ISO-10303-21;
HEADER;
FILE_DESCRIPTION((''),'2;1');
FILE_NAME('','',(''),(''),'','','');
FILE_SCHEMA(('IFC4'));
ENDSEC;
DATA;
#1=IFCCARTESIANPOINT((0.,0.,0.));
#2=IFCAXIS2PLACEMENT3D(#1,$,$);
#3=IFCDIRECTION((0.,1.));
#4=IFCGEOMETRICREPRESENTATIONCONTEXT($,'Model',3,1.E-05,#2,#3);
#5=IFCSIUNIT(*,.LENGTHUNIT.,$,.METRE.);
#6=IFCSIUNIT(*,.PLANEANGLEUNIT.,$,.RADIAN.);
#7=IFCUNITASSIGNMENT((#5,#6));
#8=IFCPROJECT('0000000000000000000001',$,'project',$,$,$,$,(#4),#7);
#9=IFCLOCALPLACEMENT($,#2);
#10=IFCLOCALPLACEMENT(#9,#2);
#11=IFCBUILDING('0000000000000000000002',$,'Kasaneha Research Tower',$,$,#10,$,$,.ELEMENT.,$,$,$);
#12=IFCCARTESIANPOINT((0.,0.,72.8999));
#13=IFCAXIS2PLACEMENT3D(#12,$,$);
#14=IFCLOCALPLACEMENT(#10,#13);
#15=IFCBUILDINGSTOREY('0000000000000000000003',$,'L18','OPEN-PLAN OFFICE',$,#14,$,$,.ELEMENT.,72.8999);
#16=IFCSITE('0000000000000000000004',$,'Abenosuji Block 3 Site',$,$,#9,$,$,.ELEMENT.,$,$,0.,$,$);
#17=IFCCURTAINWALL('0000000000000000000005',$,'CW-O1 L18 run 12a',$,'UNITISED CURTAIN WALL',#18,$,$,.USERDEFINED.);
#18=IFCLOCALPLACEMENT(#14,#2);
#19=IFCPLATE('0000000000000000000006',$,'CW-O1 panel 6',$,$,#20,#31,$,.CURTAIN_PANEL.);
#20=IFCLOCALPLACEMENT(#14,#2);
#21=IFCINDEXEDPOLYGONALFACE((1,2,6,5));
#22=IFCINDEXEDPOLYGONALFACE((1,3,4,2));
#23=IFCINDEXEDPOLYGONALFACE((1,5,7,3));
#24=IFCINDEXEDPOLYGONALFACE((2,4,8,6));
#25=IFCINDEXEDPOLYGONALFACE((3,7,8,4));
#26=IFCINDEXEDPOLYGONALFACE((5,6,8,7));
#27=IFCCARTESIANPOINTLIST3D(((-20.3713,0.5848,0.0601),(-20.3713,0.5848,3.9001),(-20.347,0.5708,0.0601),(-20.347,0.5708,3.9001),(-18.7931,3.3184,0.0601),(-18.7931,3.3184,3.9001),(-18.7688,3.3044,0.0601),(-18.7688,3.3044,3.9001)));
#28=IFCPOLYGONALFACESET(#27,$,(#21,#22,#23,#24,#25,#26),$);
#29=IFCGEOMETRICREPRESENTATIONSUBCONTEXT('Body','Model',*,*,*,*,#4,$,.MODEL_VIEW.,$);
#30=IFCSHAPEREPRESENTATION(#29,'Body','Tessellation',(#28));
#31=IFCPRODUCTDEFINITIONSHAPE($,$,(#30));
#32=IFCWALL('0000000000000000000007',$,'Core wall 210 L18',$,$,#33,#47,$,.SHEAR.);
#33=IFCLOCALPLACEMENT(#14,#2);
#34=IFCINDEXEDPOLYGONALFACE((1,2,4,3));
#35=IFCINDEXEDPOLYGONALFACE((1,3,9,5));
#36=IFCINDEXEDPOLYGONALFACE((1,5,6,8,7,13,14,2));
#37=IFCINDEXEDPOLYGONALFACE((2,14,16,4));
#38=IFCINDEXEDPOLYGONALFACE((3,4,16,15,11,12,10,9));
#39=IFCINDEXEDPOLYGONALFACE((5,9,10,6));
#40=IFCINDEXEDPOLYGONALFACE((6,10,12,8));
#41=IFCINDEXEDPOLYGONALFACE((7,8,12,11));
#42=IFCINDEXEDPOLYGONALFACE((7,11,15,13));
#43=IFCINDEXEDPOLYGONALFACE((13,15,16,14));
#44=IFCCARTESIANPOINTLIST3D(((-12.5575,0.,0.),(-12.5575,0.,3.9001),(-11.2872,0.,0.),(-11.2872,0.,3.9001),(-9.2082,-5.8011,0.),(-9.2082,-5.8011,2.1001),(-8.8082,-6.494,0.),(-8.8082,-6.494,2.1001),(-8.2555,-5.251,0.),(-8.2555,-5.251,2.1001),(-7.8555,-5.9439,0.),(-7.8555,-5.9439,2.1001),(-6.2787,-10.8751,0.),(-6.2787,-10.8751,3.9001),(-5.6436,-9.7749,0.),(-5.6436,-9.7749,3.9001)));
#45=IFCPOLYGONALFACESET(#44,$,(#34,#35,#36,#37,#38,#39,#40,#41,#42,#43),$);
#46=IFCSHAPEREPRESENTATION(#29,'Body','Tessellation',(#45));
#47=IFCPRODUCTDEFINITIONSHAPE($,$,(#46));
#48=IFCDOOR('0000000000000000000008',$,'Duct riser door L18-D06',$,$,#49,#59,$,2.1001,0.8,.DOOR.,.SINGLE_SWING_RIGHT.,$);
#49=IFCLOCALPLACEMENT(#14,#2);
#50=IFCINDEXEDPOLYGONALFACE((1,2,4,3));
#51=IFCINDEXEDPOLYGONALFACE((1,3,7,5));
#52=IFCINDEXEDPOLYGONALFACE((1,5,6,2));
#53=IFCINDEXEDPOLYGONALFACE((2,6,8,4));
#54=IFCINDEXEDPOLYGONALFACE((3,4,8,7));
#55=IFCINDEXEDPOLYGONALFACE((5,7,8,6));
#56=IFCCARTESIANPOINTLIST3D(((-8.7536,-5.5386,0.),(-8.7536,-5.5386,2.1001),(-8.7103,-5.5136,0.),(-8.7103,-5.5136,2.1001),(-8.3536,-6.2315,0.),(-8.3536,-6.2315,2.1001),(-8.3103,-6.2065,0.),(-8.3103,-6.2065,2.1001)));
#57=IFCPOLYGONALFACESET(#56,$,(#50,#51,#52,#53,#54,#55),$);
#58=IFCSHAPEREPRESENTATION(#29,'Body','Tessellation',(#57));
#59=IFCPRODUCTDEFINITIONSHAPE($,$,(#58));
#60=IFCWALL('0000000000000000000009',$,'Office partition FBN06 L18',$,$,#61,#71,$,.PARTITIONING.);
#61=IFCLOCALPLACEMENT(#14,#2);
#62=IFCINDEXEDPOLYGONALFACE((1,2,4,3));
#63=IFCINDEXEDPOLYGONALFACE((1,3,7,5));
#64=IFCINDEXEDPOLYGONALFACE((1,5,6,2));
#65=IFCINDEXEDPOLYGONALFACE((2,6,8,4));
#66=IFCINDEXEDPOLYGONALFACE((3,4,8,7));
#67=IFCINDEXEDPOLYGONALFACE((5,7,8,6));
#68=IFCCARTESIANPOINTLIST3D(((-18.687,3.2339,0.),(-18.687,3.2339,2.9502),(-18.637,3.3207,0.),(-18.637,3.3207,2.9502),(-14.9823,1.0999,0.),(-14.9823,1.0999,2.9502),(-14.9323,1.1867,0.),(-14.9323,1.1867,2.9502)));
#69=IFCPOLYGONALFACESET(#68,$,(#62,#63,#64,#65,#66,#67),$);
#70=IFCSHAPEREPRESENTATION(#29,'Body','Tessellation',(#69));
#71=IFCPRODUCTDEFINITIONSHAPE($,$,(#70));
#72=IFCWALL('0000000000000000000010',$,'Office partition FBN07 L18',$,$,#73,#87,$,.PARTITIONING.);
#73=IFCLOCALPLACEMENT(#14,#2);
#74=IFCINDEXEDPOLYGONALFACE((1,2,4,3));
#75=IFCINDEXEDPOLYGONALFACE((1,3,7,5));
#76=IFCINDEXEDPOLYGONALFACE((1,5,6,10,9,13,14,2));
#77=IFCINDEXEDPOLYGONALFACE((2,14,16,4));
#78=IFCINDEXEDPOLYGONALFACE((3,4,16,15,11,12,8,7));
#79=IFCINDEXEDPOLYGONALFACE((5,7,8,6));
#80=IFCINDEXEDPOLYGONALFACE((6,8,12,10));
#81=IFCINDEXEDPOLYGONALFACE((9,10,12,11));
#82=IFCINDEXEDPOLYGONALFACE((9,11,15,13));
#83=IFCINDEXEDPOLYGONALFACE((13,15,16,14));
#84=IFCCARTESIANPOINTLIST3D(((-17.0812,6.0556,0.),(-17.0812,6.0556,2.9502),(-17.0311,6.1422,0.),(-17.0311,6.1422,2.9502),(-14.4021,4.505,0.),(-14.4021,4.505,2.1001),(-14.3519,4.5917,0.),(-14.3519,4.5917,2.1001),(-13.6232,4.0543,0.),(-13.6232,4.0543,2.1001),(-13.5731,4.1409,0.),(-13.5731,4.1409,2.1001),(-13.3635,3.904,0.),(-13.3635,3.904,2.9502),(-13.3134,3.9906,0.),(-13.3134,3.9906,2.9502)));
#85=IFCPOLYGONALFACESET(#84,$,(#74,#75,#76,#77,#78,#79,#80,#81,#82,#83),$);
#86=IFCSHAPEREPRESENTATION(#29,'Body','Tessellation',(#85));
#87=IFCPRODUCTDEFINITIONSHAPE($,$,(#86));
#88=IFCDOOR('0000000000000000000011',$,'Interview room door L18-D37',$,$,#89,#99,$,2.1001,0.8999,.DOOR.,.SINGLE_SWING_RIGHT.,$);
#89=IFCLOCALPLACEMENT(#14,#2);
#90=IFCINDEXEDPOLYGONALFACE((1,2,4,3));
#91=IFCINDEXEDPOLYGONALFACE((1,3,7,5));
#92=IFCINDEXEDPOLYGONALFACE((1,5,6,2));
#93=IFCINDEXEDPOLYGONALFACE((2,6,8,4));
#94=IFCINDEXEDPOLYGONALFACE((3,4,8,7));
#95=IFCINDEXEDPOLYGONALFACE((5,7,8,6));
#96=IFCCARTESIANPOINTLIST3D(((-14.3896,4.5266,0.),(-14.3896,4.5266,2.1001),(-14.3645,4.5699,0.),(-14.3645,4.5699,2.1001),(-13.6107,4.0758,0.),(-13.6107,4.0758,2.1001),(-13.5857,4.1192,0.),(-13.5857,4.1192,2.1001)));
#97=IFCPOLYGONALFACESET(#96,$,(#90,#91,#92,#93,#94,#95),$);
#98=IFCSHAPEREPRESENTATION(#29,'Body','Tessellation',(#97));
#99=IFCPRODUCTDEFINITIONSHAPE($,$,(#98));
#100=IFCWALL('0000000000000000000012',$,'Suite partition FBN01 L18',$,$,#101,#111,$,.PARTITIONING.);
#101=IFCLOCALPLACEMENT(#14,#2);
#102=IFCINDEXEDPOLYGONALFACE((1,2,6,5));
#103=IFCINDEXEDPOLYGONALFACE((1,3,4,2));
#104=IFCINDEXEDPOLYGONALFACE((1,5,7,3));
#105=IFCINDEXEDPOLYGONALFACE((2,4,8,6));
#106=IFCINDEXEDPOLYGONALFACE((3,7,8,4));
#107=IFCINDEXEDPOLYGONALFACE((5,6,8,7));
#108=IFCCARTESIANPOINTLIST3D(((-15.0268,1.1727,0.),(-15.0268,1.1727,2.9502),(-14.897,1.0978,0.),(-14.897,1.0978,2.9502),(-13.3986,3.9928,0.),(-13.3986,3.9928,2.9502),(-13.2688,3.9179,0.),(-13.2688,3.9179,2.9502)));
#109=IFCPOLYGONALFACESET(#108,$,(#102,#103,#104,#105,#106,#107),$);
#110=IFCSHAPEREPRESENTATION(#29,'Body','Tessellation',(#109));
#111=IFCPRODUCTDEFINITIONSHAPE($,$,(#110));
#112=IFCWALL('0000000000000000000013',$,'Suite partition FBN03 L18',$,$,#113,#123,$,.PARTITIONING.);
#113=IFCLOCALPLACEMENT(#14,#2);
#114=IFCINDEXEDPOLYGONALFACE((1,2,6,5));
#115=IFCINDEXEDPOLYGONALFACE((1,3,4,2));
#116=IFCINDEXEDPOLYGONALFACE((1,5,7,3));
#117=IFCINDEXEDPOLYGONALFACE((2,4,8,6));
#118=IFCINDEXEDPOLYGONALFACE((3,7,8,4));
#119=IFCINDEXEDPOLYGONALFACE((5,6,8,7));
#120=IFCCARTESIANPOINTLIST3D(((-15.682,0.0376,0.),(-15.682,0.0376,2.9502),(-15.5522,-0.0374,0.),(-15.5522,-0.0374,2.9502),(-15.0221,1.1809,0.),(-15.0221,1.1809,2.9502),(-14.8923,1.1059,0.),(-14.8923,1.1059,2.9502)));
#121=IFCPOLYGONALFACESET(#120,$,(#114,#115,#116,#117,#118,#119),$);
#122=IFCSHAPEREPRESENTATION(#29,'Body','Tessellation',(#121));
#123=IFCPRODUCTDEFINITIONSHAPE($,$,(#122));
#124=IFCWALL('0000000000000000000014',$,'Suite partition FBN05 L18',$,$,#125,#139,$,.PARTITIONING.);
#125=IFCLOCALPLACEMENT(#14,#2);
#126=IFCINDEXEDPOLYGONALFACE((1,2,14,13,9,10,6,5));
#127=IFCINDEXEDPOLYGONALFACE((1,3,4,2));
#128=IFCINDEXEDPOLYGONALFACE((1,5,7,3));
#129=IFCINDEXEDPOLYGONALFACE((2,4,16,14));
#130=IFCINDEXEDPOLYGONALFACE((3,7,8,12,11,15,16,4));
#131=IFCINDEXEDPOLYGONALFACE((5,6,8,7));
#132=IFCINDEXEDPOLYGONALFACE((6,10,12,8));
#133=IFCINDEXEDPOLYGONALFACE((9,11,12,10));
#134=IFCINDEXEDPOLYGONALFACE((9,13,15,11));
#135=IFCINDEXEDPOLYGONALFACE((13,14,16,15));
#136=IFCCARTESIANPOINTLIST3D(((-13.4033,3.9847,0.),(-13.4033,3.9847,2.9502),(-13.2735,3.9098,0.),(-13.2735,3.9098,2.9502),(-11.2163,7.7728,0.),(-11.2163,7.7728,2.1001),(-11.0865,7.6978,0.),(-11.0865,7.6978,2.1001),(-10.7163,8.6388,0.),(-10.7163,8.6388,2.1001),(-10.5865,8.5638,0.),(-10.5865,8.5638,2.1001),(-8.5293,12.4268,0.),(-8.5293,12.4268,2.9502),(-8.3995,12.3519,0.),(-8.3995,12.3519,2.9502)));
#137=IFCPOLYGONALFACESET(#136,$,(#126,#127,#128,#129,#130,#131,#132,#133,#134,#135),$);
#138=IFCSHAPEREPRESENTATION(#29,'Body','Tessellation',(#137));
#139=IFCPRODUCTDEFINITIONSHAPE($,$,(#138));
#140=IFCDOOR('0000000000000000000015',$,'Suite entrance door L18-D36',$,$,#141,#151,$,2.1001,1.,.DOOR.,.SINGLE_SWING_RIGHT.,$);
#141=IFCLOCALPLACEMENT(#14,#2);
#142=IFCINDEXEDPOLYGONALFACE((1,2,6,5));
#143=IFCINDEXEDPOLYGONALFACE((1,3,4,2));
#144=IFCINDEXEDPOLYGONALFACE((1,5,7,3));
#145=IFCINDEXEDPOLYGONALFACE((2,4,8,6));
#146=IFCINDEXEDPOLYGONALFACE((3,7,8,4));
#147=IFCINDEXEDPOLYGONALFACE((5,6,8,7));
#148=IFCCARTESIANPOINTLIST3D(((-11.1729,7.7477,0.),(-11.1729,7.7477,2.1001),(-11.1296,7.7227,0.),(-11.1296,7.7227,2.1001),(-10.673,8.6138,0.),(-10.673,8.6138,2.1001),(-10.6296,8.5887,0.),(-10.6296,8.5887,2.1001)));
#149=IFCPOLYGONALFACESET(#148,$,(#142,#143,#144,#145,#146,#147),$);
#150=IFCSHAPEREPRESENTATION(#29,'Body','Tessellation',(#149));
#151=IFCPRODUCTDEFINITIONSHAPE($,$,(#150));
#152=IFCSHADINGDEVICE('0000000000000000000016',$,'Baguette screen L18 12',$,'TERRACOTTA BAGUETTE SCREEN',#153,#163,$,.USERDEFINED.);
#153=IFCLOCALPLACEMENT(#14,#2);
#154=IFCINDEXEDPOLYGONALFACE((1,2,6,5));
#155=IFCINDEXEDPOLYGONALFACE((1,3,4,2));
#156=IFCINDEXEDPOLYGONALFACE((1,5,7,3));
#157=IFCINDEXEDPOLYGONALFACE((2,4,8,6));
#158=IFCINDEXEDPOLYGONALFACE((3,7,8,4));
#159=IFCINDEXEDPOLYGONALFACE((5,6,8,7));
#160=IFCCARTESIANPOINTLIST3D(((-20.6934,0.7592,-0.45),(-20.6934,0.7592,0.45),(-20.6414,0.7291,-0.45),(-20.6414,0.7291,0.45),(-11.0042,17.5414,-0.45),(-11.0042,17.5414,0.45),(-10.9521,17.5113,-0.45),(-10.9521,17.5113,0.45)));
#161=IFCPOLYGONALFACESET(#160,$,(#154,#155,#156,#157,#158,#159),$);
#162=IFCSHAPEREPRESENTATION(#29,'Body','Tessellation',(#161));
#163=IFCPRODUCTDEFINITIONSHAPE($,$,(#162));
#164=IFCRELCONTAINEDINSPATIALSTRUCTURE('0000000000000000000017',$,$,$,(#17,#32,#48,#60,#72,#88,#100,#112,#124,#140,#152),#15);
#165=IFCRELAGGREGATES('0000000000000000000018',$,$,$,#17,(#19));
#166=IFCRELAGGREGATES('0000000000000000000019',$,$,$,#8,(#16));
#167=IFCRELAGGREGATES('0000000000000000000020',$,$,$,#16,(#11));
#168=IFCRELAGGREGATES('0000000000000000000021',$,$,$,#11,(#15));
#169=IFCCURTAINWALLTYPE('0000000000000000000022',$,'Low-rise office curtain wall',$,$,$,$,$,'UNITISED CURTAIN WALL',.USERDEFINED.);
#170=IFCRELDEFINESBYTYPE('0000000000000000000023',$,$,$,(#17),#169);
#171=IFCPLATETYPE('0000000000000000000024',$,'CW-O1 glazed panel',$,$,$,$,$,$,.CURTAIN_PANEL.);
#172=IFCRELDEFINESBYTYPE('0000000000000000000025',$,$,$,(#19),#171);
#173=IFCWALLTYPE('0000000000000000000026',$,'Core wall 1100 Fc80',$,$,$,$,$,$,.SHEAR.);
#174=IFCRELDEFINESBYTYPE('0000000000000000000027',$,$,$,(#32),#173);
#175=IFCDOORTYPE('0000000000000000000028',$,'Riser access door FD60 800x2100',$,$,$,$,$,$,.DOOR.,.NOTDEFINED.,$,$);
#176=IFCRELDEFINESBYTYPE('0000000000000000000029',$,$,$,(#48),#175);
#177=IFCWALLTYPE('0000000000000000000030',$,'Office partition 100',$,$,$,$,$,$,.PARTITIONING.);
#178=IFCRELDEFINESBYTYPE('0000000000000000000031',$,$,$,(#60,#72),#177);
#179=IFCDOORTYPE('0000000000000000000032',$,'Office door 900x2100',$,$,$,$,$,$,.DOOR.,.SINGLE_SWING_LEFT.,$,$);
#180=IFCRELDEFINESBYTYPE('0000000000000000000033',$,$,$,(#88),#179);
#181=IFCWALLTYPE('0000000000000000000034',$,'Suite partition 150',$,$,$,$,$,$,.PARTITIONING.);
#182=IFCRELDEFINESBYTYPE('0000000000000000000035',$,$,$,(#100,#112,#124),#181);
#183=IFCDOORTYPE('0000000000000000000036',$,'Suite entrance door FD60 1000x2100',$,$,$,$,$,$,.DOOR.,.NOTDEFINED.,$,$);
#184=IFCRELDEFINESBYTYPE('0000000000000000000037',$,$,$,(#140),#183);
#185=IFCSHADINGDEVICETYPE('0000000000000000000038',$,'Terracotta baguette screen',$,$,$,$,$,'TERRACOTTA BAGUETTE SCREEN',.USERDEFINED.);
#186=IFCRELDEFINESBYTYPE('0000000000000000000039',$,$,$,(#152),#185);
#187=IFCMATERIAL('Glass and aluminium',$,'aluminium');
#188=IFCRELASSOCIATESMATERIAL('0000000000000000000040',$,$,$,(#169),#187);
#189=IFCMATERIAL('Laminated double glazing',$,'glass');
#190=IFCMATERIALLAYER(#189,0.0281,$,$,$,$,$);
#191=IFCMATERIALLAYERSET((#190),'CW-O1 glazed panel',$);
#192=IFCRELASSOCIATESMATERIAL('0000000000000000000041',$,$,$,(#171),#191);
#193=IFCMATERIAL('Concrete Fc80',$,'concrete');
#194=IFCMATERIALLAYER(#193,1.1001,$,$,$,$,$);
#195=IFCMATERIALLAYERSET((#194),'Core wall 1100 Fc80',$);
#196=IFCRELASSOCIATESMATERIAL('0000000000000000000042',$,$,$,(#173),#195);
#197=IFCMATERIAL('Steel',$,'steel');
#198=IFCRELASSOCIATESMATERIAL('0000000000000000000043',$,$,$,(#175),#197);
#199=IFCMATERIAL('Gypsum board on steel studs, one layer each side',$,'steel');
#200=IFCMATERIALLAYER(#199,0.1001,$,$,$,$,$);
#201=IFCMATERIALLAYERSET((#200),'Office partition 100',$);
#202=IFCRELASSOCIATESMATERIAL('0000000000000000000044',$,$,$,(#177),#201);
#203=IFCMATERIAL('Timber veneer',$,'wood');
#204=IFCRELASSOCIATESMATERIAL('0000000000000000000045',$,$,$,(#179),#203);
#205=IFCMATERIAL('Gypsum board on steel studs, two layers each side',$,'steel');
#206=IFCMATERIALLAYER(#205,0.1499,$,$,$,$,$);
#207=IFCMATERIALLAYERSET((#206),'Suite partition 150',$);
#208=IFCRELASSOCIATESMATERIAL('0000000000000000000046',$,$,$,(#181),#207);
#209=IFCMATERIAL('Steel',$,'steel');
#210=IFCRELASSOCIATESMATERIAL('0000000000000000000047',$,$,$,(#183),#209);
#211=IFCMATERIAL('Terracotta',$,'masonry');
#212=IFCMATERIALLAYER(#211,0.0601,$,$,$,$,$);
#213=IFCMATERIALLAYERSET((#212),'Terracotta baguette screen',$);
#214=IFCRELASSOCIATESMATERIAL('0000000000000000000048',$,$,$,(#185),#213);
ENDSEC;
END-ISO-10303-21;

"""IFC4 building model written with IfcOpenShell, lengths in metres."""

from ifc_helpers import new_model, si_unit, direction, frame, frame_2d, origin, origin_2d, place, context, subcontext, project, spatial, polyline, rectangle, outline, extrude, material, layer, layer_set, type_object, element, fill, aggregate, save


model = new_model("IFC4")

# Units and contexts
model_context = context("Model", 3, precision=1e-05, world=origin(), true_north=direction((0.0, 1.0)))
body_context = subcontext(model_context, "Body", "Model", "MODEL_VIEW")
ifc_project = project(units=[si_unit("LENGTHUNIT", "METRE"), si_unit("PLANEANGLEUNIT", "RADIAN")], contexts=[model_context])

# Site, building, storey
site_placement = place(None, origin())
site = spatial("IfcSite", under=ifc_project, at=site_placement, Name="Abenosuji Block 3 Site", CompositionType="ELEMENT", RefElevation=0.0)
building_placement = place(site_placement, origin())
building = spatial("IfcBuilding", under=site, at=building_placement, Name="Kasaneha Research Tower", CompositionType="ELEMENT")
storey_placement = place(building_placement, frame((0.0, 0.0, 72.8999)))
storey = spatial("IfcBuildingStorey", under=building, at=storey_placement, Name="L18", Description="OPEN-PLAN OFFICE", CompositionType="ELEMENT", Elevation=72.8999)

# Curtain wall
ifc_material_1 = material(Name="Glass and aluminium", Category="aluminium")
curtain_wall_type = type_object("IfcCurtainWallType", Name="Low-rise office curtain wall", ElementType="UNITISED CURTAIN WALL", PredefinedType="USERDEFINED", material=ifc_material_1)
curtain_wall_1_placement = place(storey_placement, origin())
curtain_wall_1 = element("IfcCurtainWall", 1, at=curtain_wall_1_placement, inside=storey, type_object=curtain_wall_type, Name="CW-O1 L18 run 12a", ObjectType="UNITISED CURTAIN WALL", PredefinedType="USERDEFINED")

# Plate
ifc_material_2 = material(Name="Laminated double glazing", Category="glass")
ifc_layer_1 = layer(ifc_material_2, 0.0281)
ifc_layer_set_1 = layer_set([ifc_layer_1], Name="CW-O1 glazed panel")
plate_type = type_object("IfcPlateType", Name="CW-O1 glazed panel", PredefinedType="CURTAIN_PANEL", material=ifc_layer_set_1)
plate_1_placement = place(storey_placement, frame((-19.5701, 1.9446, 0.0601), z_axis=(0.0, 0.0, 1.0), x_axis=(-0.5, -0.866025, 0.0)))
plate_1 = element("IfcPlate", 2, at=plate_1_placement, type_object=plate_type, Name="CW-O1 panel 6", PredefinedType="CURTAIN_PANEL", context=body_context, shape_type="SweptSolid", body=[
    extrude(rectangle(XDim=3.1565, YDim=0.0281, at=origin_2d()), origin(), (0.0, 0.0, 1.0), 3.8401),
])
aggregate(curtain_wall_1, [plate_1])

# Wall, opening, door
ifc_material_3 = material(Name="Concrete Fc80", Category="concrete")
ifc_layer_2 = layer(ifc_material_3, 1.1001)
ifc_layer_set_2 = layer_set([ifc_layer_2], Name="Core wall 1100 Fc80")
wall_type_1 = type_object("IfcWallType", Name="Core wall 1100 Fc80", PredefinedType="SHEAR", material=ifc_layer_set_2)
wall_1_placement = place(storey_placement, frame((-11.9224, 0.0, 0.0), z_axis=(0.0, 0.0, 1.0), x_axis=(0.500004, -0.866023, 0.0)))
wall_1 = element("IfcWall", 3, at=wall_1_placement, inside=storey, type_object=wall_type_1, Name="Core wall 210 L18", PredefinedType="SHEAR", context=body_context, shape_type="SweptSolid", body=[
    extrude(outline(polyline([(-0.3176, -0.55), (6.3811, -0.55), (7.1812, -0.55), (12.24, -0.55), (11.6047, 0.55), (7.1812, 0.55), (6.3811, 0.55), (0.3176, 0.55), (-0.3176, -0.55)])), origin(), (0.0, 0.0, 1.0), 3.9001),
])
opening_1_placement = place(wall_1_placement, frame((6.3811, 0.0, 0.0)))
opening_1 = element("IfcOpeningElement", 4, at=opening_1_placement, cuts=wall_1, PredefinedType="OPENING", context=body_context, shape_type="SweptSolid", body=[
    extrude(rectangle(XDim=0.8, YDim=2.1001, at=frame_2d((0.3999, 1.05))), frame((0.0, 0.5601, 0.0), z_axis=(0.0, -1.0, 0.0), x_axis=(1.0, 0.0, 0.0)), (0.0, 0.0, 1.0), 1.1201),
])
ifc_material_4 = material(Name="Steel", Category="steel")
door_type_1 = type_object("IfcDoorType", Name="Riser access door FD60 800x2100", OperationType="NOTDEFINED", PredefinedType="DOOR", material=ifc_material_4)
door_1_placement = place(opening_1_placement, origin())
door_1 = element("IfcDoor", 5, at=door_1_placement, inside=storey, type_object=door_type_1, Name="Duct riser door L18-D06", OperationType="SINGLE_SWING_RIGHT", OverallHeight=2.1001, OverallWidth=0.8, PredefinedType="DOOR", context=body_context, shape_type="SweptSolid", body=[
    extrude(rectangle(XDim=0.8, YDim=2.1001, at=frame_2d((0.3999, 1.05))), frame((0.0, 0.0249, 0.0), z_axis=(0.0, -1.0, 0.0), x_axis=(1.0, 0.0, 0.0)), (0.0, 0.0, 1.0), 0.05),
])
fill(opening_1, door_1)

# Wall
ifc_material_5 = material(Name="Gypsum board on steel studs, one layer each side", Category="steel")
ifc_layer_3 = layer(ifc_material_5, 0.1001)
ifc_layer_set_3 = layer_set([ifc_layer_3], Name="Office partition 100")
wall_type_2 = type_object("IfcWallType", Name="Office partition 100", PredefinedType="PARTITIONING", material=ifc_layer_set_3)
wall_2_placement = place(storey_placement, frame((-14.9573, 1.1433, 0.0), z_axis=(0.0, 0.0, 1.0), x_axis=(-0.866527, 0.499131, 0.0)))
element("IfcWall", 6, at=wall_2_placement, inside=storey, type_object=wall_type_2, Name="Office partition FBN06 L18", PredefinedType="PARTITIONING", context=body_context, shape_type="SweptSolid", body=[
    extrude(rectangle(XDim=4.2754, YDim=0.1001, at=frame_2d((2.1377, 0.0))), origin(), (0.0, 0.0, 1.0), 2.9502),
])

# Wall, opening, door
wall_3_placement = place(storey_placement, frame((-17.0562, 6.0989, 0.0), z_axis=(0.0, 0.0, 1.0), x_axis=(0.865505, -0.5009, 0.0)))
wall_3 = element("IfcWall", 7, at=wall_3_placement, inside=storey, type_object=wall_type_2, Name="Office partition FBN07 L18", PredefinedType="PARTITIONING", context=body_context, shape_type="SweptSolid", body=[
    extrude(rectangle(XDim=4.2954, YDim=0.1001, at=frame_2d((2.1477, 0.0))), origin(), (0.0, 0.0, 1.0), 2.9502),
])
opening_2_placement = place(wall_3_placement, frame((3.0955, 0.0, 0.0)))
opening_2 = element("IfcOpeningElement", 8, at=opening_2_placement, cuts=wall_3, PredefinedType="OPENING", context=body_context, shape_type="SweptSolid", body=[
    extrude(rectangle(XDim=0.8999, YDim=2.1001, at=frame_2d((0.45, 1.05))), frame((0.0, 0.0601, 0.0), z_axis=(0.0, -1.0, 0.0), x_axis=(1.0, 0.0, 0.0)), (0.0, 0.0, 1.0), 0.1201),
])
ifc_material_6 = material(Name="Timber veneer", Category="wood")
door_type_2 = type_object("IfcDoorType", Name="Office door 900x2100", OperationType="SINGLE_SWING_LEFT", PredefinedType="DOOR", material=ifc_material_6)
door_2_placement = place(opening_2_placement, origin())
door_2 = element("IfcDoor", 9, at=door_2_placement, inside=storey, type_object=door_type_2, Name="Interview room door L18-D37", OperationType="SINGLE_SWING_RIGHT", OverallHeight=2.1001, OverallWidth=0.8999, PredefinedType="DOOR", context=body_context, shape_type="SweptSolid", body=[
    extrude(rectangle(XDim=0.8999, YDim=2.1001, at=frame_2d((0.45, 1.05))), frame((0.0, 0.0249, 0.0), z_axis=(0.0, -1.0, 0.0), x_axis=(1.0, 0.0, 0.0)), (0.0, 0.0, 1.0), 0.05),
])
fill(opening_2, door_2)

# Walls
ifc_material_7 = material(Name="Gypsum board on steel studs, two layers each side", Category="steel")
ifc_layer_4 = layer(ifc_material_7, 0.1499)
ifc_layer_set_4 = layer_set([ifc_layer_4], Name="Suite partition 150")
wall_type_3 = type_object("IfcWallType", Name="Suite partition 150", PredefinedType="PARTITIONING", material=ifc_layer_set_4)
wall_4_placement = place(storey_placement, frame((-14.9619, 1.1353, 0.0), z_axis=(0.0, 0.0, 1.0), x_axis=(0.500002, 0.866025, 0.0)))
element("IfcWall", 10, at=wall_4_placement, inside=storey, type_object=wall_type_3, Name="Suite partition FBN01 L18", PredefinedType="PARTITIONING", context=body_context, shape_type="SweptSolid", body=[
    extrude(rectangle(XDim=3.2563, YDim=0.1499, at=frame_2d((1.6282, 0.0))), origin(), (0.0, 0.0, 1.0), 2.9502),
])
wall_5_placement = place(storey_placement, frame((-15.6172, 0.0, 0.0), z_axis=(0.0, 0.0, 1.0), x_axis=(0.499899, 0.866084, 0.0)))
element("IfcWall", 11, at=wall_5_placement, inside=storey, type_object=wall_type_3, Name="Suite partition FBN03 L18", PredefinedType="PARTITIONING", context=body_context, shape_type="SweptSolid", body=[
    extrude(rectangle(XDim=1.3201, YDim=0.1499, at=frame_2d((0.6602, 0.0))), origin(), (0.0, 0.0, 1.0), 2.9502),
])

# Wall, opening, door
wall_6_placement = place(storey_placement, frame((-13.3384, 3.9473, 0.0), z_axis=(0.0, 0.0, 1.0), x_axis=(0.499996, 0.866028, 0.0)))
wall_6 = element("IfcWall", 12, at=wall_6_placement, inside=storey, type_object=wall_type_3, Name="Suite partition FBN05 L18", PredefinedType="PARTITIONING", context=body_context, shape_type="SweptSolid", body=[
    extrude(rectangle(XDim=9.748, YDim=0.1499, at=frame_2d((4.874, 0.0))), origin(), (0.0, 0.0, 1.0), 2.9502),
])
opening_3_placement = place(wall_6_placement, frame((4.374, 0.0, 0.0)))
opening_3 = element("IfcOpeningElement", 13, at=opening_3_placement, cuts=wall_6, PredefinedType="OPENING", context=body_context, shape_type="SweptSolid", body=[
    extrude(rectangle(XDim=1.0, YDim=2.1001, at=frame_2d((0.5, 1.05))), frame((0.0, 0.085, 0.0), z_axis=(0.0, -1.0, 0.0), x_axis=(1.0, 0.0, 0.0)), (0.0, 0.0, 1.0), 0.1699),
])
ifc_material_8 = material(Name="Steel", Category="steel")
door_type_3 = type_object("IfcDoorType", Name="Suite entrance door FD60 1000x2100", OperationType="NOTDEFINED", PredefinedType="DOOR", material=ifc_material_8)
door_3_placement = place(opening_3_placement, origin())
door_3 = element("IfcDoor", 14, at=door_3_placement, inside=storey, type_object=door_type_3, Name="Suite entrance door L18-D36", OperationType="SINGLE_SWING_RIGHT", OverallHeight=2.1001, OverallWidth=1.0, PredefinedType="DOOR", context=body_context, shape_type="SweptSolid", body=[
    extrude(rectangle(XDim=1.0, YDim=2.1001, at=frame_2d((0.5, 1.05))), frame((0.0, 0.0249, 0.0), z_axis=(0.0, -1.0, 0.0), x_axis=(1.0, 0.0, 0.0)), (0.0, 0.0, 1.0), 0.05),
])
fill(opening_3, door_3)

# Shading device
ifc_material_9 = material(Name="Terracotta", Category="masonry")
ifc_layer_5 = layer(ifc_material_9, 0.0601)
ifc_layer_set_5 = layer_set([ifc_layer_5], Name="Terracotta baguette screen")
shading_device_type = type_object("IfcShadingDeviceType", Name="Terracotta baguette screen", ElementType="TERRACOTTA BAGUETTE SCREEN", PredefinedType="USERDEFINED", material=ifc_layer_set_5)
shading_device_placement = place(storey_placement, frame((-15.8228, 9.1353, -0.45), z_axis=(0.0, 0.0, 1.0), x_axis=(-0.5, -0.866025, 0.0)))
element("IfcShadingDevice", 15, at=shading_device_placement, inside=storey, type_object=shading_device_type, Name="Baguette screen L18 12", ObjectType="TERRACOTTA BAGUETTE SCREEN", PredefinedType="USERDEFINED", context=body_context, shape_type="SweptSolid", body=[
    extrude(rectangle(XDim=19.3784, YDim=0.0601, at=origin_2d()), origin(), (0.0, 0.0, 1.0), 0.8999),
])

save(model, "model.ifc")
